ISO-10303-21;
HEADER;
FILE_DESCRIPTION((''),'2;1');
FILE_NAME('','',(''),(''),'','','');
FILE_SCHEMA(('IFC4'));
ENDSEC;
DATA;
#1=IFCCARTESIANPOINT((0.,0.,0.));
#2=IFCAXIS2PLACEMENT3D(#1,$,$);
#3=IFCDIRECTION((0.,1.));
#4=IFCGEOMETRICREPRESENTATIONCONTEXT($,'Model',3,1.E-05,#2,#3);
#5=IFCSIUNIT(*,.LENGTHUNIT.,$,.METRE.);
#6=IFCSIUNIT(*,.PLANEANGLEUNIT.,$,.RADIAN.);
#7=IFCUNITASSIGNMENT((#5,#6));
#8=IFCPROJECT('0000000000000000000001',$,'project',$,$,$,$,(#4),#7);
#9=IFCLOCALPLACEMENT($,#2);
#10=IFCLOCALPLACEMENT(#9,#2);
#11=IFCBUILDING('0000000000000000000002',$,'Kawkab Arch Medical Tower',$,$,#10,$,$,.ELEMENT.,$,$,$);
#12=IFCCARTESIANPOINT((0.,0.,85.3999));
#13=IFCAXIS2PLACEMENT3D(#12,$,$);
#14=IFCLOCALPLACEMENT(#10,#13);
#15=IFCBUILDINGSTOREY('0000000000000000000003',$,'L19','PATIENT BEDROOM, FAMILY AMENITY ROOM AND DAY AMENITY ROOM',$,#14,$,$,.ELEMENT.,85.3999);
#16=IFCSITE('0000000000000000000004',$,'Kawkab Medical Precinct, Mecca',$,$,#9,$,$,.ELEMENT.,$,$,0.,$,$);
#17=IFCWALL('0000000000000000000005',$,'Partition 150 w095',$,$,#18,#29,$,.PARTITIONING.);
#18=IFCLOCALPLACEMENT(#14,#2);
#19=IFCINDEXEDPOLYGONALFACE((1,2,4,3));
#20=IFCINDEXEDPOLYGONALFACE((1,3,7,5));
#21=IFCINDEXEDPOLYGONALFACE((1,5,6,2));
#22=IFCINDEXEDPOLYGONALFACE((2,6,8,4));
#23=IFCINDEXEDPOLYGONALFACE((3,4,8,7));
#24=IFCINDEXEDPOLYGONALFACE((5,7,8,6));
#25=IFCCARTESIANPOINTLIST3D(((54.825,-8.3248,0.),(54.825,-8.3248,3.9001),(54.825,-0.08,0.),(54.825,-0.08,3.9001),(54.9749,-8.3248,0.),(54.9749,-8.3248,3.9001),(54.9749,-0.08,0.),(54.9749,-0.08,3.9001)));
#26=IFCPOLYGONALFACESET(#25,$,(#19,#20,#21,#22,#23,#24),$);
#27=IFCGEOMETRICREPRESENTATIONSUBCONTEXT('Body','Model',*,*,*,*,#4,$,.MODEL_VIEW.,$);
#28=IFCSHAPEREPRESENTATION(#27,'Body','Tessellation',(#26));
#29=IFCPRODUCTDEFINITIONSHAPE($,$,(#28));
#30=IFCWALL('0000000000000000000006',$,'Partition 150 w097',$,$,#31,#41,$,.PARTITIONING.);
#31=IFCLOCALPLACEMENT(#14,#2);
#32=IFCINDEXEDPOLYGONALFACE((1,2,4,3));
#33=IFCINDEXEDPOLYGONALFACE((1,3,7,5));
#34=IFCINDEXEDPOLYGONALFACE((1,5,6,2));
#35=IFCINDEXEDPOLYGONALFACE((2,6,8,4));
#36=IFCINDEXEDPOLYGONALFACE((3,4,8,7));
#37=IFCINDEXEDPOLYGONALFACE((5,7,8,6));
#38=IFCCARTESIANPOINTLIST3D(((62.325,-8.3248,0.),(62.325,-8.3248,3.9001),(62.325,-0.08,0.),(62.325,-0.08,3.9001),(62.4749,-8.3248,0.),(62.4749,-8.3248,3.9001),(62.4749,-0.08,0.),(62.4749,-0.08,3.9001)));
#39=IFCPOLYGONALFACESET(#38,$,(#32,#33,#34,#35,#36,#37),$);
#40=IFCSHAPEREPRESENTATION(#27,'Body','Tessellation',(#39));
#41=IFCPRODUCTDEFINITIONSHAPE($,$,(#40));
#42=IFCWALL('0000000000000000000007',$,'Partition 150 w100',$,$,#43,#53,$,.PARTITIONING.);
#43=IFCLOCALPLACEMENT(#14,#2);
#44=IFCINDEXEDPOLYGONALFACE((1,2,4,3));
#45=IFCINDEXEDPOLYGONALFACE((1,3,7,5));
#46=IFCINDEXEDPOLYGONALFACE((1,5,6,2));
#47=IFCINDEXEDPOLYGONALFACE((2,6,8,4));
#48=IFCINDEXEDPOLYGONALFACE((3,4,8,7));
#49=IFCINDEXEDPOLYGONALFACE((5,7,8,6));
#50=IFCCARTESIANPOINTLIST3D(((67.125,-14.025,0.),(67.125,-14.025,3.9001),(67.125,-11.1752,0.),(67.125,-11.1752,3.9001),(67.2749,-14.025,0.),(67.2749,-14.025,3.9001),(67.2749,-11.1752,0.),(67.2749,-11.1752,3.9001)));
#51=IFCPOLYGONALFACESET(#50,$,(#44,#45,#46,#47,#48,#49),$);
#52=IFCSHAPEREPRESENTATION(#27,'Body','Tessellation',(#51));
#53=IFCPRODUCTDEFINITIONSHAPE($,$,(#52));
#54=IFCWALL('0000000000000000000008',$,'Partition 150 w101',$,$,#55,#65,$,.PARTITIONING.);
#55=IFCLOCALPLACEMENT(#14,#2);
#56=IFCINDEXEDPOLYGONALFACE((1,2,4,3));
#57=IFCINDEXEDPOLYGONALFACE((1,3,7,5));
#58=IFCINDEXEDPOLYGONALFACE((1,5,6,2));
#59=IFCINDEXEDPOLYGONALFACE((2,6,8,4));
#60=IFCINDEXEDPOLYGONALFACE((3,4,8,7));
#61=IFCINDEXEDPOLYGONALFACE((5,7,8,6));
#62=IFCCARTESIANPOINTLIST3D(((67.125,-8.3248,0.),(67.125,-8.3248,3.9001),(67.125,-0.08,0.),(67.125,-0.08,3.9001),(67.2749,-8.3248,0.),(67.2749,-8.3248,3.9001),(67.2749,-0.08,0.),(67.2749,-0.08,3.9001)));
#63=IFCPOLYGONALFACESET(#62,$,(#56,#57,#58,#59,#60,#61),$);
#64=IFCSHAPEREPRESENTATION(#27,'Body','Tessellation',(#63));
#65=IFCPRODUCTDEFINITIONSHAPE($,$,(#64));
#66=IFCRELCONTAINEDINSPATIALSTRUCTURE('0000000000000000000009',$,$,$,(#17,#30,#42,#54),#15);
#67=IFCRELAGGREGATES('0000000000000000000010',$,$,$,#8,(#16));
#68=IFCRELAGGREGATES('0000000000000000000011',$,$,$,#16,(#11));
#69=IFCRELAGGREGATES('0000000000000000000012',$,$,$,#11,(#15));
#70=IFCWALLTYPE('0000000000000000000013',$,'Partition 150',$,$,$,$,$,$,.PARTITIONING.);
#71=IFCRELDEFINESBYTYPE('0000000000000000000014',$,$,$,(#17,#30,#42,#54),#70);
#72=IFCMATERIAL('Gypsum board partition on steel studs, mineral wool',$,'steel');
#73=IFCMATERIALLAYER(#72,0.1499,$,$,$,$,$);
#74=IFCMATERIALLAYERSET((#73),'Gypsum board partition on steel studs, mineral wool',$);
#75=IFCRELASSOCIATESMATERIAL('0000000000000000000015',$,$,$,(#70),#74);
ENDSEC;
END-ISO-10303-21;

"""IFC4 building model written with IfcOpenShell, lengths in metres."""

from ifc_helpers import new_model, si_unit, direction, frame, frame_2d, origin, place, context, subcontext, project, spatial, rectangle, extrude, material, layer, layer_set, type_object, element, save


model = new_model("IFC4")

# Units and contexts
model_context = context("Model", 3, precision=1e-05, world=origin(), true_north=direction((0.0, 1.0)))
body_context = subcontext(model_context, "Body", "Model", "MODEL_VIEW")
ifc_project = project(units=[si_unit("LENGTHUNIT", "METRE"), si_unit("PLANEANGLEUNIT", "RADIAN")], contexts=[model_context])

# Site, building, storey
site_placement = place(None, origin())
site = spatial("IfcSite", under=ifc_project, at=site_placement, Name="Kawkab Medical Precinct, Mecca", CompositionType="ELEMENT", RefElevation=0.0)
building_placement = place(site_placement, origin())
building = spatial("IfcBuilding", under=site, at=building_placement, Name="Kawkab Arch Medical Tower", CompositionType="ELEMENT")
storey_placement = place(building_placement, frame((0.0, 0.0, 85.3999)))
storey = spatial("IfcBuildingStorey", under=building, at=storey_placement, Name="L19", Description="PATIENT BEDROOM, FAMILY AMENITY ROOM AND DAY AMENITY ROOM", CompositionType="ELEMENT", Elevation=85.3999)

# Shared definitions
ifc_material_1 = material(Name="Gypsum board partition on steel studs, mineral wool", Category="steel")
ifc_layer_1 = layer(ifc_material_1, 0.1499)
ifc_layer_set_1 = layer_set([ifc_layer_1], Name="Gypsum board partition on steel studs, mineral wool")
wall_type_1 = type_object("IfcWallType", Name="Partition 150", PredefinedType="PARTITIONING", material=ifc_layer_set_1)

# Walls
for number, where, z_axis, x_axis, name in (
    (1, (54.8999, -8.325, 0.0), (0.0, 0.0, 1.0), (0.0, 1.0, 0.0), "Partition 150 w095"),
    (2, (62.3999, -8.325, 0.0), (0.0, 0.0, 1.0), (0.0, 1.0, 0.0), "Partition 150 w097"),
):
    element("IfcWall", number, at=place(storey_placement, frame(where, z_axis=z_axis, x_axis=x_axis)), inside=storey, type_object=wall_type_1, Name=name, PredefinedType="PARTITIONING", context=body_context, shape_type="SweptSolid", body=[
        extrude(rectangle(XDim=8.2449, YDim=0.1499, at=frame_2d((4.1226, 0.0))), origin(), (0.0, 0.0, 1.0), 3.9001),
    ])
wall_1_placement = place(storey_placement, frame((67.2, -14.0249, 0.0), z_axis=(0.0, 0.0, 1.0), x_axis=(0.0, 1.0, 0.0)))
element("IfcWall", 3, at=wall_1_placement, inside=storey, type_object=wall_type_1, Name="Partition 150 w100", PredefinedType="PARTITIONING", context=body_context, shape_type="SweptSolid", body=[
    extrude(rectangle(XDim=2.8499, YDim=0.1499, at=frame_2d((1.4248, 0.0))), origin(), (0.0, 0.0, 1.0), 3.9001),
])
wall_2_placement = place(storey_placement, frame((67.2, -8.325, 0.0), z_axis=(0.0, 0.0, 1.0), x_axis=(0.0, 1.0, 0.0)))
element("IfcWall", 4, at=wall_2_placement, inside=storey, type_object=wall_type_1, Name="Partition 150 w101", PredefinedType="PARTITIONING", context=body_context, shape_type="SweptSolid", body=[
    extrude(rectangle(XDim=8.2449, YDim=0.1499, at=frame_2d((4.1226, 0.0))), origin(), (0.0, 0.0, 1.0), 3.9001),
])

save(model, "model.ifc")
